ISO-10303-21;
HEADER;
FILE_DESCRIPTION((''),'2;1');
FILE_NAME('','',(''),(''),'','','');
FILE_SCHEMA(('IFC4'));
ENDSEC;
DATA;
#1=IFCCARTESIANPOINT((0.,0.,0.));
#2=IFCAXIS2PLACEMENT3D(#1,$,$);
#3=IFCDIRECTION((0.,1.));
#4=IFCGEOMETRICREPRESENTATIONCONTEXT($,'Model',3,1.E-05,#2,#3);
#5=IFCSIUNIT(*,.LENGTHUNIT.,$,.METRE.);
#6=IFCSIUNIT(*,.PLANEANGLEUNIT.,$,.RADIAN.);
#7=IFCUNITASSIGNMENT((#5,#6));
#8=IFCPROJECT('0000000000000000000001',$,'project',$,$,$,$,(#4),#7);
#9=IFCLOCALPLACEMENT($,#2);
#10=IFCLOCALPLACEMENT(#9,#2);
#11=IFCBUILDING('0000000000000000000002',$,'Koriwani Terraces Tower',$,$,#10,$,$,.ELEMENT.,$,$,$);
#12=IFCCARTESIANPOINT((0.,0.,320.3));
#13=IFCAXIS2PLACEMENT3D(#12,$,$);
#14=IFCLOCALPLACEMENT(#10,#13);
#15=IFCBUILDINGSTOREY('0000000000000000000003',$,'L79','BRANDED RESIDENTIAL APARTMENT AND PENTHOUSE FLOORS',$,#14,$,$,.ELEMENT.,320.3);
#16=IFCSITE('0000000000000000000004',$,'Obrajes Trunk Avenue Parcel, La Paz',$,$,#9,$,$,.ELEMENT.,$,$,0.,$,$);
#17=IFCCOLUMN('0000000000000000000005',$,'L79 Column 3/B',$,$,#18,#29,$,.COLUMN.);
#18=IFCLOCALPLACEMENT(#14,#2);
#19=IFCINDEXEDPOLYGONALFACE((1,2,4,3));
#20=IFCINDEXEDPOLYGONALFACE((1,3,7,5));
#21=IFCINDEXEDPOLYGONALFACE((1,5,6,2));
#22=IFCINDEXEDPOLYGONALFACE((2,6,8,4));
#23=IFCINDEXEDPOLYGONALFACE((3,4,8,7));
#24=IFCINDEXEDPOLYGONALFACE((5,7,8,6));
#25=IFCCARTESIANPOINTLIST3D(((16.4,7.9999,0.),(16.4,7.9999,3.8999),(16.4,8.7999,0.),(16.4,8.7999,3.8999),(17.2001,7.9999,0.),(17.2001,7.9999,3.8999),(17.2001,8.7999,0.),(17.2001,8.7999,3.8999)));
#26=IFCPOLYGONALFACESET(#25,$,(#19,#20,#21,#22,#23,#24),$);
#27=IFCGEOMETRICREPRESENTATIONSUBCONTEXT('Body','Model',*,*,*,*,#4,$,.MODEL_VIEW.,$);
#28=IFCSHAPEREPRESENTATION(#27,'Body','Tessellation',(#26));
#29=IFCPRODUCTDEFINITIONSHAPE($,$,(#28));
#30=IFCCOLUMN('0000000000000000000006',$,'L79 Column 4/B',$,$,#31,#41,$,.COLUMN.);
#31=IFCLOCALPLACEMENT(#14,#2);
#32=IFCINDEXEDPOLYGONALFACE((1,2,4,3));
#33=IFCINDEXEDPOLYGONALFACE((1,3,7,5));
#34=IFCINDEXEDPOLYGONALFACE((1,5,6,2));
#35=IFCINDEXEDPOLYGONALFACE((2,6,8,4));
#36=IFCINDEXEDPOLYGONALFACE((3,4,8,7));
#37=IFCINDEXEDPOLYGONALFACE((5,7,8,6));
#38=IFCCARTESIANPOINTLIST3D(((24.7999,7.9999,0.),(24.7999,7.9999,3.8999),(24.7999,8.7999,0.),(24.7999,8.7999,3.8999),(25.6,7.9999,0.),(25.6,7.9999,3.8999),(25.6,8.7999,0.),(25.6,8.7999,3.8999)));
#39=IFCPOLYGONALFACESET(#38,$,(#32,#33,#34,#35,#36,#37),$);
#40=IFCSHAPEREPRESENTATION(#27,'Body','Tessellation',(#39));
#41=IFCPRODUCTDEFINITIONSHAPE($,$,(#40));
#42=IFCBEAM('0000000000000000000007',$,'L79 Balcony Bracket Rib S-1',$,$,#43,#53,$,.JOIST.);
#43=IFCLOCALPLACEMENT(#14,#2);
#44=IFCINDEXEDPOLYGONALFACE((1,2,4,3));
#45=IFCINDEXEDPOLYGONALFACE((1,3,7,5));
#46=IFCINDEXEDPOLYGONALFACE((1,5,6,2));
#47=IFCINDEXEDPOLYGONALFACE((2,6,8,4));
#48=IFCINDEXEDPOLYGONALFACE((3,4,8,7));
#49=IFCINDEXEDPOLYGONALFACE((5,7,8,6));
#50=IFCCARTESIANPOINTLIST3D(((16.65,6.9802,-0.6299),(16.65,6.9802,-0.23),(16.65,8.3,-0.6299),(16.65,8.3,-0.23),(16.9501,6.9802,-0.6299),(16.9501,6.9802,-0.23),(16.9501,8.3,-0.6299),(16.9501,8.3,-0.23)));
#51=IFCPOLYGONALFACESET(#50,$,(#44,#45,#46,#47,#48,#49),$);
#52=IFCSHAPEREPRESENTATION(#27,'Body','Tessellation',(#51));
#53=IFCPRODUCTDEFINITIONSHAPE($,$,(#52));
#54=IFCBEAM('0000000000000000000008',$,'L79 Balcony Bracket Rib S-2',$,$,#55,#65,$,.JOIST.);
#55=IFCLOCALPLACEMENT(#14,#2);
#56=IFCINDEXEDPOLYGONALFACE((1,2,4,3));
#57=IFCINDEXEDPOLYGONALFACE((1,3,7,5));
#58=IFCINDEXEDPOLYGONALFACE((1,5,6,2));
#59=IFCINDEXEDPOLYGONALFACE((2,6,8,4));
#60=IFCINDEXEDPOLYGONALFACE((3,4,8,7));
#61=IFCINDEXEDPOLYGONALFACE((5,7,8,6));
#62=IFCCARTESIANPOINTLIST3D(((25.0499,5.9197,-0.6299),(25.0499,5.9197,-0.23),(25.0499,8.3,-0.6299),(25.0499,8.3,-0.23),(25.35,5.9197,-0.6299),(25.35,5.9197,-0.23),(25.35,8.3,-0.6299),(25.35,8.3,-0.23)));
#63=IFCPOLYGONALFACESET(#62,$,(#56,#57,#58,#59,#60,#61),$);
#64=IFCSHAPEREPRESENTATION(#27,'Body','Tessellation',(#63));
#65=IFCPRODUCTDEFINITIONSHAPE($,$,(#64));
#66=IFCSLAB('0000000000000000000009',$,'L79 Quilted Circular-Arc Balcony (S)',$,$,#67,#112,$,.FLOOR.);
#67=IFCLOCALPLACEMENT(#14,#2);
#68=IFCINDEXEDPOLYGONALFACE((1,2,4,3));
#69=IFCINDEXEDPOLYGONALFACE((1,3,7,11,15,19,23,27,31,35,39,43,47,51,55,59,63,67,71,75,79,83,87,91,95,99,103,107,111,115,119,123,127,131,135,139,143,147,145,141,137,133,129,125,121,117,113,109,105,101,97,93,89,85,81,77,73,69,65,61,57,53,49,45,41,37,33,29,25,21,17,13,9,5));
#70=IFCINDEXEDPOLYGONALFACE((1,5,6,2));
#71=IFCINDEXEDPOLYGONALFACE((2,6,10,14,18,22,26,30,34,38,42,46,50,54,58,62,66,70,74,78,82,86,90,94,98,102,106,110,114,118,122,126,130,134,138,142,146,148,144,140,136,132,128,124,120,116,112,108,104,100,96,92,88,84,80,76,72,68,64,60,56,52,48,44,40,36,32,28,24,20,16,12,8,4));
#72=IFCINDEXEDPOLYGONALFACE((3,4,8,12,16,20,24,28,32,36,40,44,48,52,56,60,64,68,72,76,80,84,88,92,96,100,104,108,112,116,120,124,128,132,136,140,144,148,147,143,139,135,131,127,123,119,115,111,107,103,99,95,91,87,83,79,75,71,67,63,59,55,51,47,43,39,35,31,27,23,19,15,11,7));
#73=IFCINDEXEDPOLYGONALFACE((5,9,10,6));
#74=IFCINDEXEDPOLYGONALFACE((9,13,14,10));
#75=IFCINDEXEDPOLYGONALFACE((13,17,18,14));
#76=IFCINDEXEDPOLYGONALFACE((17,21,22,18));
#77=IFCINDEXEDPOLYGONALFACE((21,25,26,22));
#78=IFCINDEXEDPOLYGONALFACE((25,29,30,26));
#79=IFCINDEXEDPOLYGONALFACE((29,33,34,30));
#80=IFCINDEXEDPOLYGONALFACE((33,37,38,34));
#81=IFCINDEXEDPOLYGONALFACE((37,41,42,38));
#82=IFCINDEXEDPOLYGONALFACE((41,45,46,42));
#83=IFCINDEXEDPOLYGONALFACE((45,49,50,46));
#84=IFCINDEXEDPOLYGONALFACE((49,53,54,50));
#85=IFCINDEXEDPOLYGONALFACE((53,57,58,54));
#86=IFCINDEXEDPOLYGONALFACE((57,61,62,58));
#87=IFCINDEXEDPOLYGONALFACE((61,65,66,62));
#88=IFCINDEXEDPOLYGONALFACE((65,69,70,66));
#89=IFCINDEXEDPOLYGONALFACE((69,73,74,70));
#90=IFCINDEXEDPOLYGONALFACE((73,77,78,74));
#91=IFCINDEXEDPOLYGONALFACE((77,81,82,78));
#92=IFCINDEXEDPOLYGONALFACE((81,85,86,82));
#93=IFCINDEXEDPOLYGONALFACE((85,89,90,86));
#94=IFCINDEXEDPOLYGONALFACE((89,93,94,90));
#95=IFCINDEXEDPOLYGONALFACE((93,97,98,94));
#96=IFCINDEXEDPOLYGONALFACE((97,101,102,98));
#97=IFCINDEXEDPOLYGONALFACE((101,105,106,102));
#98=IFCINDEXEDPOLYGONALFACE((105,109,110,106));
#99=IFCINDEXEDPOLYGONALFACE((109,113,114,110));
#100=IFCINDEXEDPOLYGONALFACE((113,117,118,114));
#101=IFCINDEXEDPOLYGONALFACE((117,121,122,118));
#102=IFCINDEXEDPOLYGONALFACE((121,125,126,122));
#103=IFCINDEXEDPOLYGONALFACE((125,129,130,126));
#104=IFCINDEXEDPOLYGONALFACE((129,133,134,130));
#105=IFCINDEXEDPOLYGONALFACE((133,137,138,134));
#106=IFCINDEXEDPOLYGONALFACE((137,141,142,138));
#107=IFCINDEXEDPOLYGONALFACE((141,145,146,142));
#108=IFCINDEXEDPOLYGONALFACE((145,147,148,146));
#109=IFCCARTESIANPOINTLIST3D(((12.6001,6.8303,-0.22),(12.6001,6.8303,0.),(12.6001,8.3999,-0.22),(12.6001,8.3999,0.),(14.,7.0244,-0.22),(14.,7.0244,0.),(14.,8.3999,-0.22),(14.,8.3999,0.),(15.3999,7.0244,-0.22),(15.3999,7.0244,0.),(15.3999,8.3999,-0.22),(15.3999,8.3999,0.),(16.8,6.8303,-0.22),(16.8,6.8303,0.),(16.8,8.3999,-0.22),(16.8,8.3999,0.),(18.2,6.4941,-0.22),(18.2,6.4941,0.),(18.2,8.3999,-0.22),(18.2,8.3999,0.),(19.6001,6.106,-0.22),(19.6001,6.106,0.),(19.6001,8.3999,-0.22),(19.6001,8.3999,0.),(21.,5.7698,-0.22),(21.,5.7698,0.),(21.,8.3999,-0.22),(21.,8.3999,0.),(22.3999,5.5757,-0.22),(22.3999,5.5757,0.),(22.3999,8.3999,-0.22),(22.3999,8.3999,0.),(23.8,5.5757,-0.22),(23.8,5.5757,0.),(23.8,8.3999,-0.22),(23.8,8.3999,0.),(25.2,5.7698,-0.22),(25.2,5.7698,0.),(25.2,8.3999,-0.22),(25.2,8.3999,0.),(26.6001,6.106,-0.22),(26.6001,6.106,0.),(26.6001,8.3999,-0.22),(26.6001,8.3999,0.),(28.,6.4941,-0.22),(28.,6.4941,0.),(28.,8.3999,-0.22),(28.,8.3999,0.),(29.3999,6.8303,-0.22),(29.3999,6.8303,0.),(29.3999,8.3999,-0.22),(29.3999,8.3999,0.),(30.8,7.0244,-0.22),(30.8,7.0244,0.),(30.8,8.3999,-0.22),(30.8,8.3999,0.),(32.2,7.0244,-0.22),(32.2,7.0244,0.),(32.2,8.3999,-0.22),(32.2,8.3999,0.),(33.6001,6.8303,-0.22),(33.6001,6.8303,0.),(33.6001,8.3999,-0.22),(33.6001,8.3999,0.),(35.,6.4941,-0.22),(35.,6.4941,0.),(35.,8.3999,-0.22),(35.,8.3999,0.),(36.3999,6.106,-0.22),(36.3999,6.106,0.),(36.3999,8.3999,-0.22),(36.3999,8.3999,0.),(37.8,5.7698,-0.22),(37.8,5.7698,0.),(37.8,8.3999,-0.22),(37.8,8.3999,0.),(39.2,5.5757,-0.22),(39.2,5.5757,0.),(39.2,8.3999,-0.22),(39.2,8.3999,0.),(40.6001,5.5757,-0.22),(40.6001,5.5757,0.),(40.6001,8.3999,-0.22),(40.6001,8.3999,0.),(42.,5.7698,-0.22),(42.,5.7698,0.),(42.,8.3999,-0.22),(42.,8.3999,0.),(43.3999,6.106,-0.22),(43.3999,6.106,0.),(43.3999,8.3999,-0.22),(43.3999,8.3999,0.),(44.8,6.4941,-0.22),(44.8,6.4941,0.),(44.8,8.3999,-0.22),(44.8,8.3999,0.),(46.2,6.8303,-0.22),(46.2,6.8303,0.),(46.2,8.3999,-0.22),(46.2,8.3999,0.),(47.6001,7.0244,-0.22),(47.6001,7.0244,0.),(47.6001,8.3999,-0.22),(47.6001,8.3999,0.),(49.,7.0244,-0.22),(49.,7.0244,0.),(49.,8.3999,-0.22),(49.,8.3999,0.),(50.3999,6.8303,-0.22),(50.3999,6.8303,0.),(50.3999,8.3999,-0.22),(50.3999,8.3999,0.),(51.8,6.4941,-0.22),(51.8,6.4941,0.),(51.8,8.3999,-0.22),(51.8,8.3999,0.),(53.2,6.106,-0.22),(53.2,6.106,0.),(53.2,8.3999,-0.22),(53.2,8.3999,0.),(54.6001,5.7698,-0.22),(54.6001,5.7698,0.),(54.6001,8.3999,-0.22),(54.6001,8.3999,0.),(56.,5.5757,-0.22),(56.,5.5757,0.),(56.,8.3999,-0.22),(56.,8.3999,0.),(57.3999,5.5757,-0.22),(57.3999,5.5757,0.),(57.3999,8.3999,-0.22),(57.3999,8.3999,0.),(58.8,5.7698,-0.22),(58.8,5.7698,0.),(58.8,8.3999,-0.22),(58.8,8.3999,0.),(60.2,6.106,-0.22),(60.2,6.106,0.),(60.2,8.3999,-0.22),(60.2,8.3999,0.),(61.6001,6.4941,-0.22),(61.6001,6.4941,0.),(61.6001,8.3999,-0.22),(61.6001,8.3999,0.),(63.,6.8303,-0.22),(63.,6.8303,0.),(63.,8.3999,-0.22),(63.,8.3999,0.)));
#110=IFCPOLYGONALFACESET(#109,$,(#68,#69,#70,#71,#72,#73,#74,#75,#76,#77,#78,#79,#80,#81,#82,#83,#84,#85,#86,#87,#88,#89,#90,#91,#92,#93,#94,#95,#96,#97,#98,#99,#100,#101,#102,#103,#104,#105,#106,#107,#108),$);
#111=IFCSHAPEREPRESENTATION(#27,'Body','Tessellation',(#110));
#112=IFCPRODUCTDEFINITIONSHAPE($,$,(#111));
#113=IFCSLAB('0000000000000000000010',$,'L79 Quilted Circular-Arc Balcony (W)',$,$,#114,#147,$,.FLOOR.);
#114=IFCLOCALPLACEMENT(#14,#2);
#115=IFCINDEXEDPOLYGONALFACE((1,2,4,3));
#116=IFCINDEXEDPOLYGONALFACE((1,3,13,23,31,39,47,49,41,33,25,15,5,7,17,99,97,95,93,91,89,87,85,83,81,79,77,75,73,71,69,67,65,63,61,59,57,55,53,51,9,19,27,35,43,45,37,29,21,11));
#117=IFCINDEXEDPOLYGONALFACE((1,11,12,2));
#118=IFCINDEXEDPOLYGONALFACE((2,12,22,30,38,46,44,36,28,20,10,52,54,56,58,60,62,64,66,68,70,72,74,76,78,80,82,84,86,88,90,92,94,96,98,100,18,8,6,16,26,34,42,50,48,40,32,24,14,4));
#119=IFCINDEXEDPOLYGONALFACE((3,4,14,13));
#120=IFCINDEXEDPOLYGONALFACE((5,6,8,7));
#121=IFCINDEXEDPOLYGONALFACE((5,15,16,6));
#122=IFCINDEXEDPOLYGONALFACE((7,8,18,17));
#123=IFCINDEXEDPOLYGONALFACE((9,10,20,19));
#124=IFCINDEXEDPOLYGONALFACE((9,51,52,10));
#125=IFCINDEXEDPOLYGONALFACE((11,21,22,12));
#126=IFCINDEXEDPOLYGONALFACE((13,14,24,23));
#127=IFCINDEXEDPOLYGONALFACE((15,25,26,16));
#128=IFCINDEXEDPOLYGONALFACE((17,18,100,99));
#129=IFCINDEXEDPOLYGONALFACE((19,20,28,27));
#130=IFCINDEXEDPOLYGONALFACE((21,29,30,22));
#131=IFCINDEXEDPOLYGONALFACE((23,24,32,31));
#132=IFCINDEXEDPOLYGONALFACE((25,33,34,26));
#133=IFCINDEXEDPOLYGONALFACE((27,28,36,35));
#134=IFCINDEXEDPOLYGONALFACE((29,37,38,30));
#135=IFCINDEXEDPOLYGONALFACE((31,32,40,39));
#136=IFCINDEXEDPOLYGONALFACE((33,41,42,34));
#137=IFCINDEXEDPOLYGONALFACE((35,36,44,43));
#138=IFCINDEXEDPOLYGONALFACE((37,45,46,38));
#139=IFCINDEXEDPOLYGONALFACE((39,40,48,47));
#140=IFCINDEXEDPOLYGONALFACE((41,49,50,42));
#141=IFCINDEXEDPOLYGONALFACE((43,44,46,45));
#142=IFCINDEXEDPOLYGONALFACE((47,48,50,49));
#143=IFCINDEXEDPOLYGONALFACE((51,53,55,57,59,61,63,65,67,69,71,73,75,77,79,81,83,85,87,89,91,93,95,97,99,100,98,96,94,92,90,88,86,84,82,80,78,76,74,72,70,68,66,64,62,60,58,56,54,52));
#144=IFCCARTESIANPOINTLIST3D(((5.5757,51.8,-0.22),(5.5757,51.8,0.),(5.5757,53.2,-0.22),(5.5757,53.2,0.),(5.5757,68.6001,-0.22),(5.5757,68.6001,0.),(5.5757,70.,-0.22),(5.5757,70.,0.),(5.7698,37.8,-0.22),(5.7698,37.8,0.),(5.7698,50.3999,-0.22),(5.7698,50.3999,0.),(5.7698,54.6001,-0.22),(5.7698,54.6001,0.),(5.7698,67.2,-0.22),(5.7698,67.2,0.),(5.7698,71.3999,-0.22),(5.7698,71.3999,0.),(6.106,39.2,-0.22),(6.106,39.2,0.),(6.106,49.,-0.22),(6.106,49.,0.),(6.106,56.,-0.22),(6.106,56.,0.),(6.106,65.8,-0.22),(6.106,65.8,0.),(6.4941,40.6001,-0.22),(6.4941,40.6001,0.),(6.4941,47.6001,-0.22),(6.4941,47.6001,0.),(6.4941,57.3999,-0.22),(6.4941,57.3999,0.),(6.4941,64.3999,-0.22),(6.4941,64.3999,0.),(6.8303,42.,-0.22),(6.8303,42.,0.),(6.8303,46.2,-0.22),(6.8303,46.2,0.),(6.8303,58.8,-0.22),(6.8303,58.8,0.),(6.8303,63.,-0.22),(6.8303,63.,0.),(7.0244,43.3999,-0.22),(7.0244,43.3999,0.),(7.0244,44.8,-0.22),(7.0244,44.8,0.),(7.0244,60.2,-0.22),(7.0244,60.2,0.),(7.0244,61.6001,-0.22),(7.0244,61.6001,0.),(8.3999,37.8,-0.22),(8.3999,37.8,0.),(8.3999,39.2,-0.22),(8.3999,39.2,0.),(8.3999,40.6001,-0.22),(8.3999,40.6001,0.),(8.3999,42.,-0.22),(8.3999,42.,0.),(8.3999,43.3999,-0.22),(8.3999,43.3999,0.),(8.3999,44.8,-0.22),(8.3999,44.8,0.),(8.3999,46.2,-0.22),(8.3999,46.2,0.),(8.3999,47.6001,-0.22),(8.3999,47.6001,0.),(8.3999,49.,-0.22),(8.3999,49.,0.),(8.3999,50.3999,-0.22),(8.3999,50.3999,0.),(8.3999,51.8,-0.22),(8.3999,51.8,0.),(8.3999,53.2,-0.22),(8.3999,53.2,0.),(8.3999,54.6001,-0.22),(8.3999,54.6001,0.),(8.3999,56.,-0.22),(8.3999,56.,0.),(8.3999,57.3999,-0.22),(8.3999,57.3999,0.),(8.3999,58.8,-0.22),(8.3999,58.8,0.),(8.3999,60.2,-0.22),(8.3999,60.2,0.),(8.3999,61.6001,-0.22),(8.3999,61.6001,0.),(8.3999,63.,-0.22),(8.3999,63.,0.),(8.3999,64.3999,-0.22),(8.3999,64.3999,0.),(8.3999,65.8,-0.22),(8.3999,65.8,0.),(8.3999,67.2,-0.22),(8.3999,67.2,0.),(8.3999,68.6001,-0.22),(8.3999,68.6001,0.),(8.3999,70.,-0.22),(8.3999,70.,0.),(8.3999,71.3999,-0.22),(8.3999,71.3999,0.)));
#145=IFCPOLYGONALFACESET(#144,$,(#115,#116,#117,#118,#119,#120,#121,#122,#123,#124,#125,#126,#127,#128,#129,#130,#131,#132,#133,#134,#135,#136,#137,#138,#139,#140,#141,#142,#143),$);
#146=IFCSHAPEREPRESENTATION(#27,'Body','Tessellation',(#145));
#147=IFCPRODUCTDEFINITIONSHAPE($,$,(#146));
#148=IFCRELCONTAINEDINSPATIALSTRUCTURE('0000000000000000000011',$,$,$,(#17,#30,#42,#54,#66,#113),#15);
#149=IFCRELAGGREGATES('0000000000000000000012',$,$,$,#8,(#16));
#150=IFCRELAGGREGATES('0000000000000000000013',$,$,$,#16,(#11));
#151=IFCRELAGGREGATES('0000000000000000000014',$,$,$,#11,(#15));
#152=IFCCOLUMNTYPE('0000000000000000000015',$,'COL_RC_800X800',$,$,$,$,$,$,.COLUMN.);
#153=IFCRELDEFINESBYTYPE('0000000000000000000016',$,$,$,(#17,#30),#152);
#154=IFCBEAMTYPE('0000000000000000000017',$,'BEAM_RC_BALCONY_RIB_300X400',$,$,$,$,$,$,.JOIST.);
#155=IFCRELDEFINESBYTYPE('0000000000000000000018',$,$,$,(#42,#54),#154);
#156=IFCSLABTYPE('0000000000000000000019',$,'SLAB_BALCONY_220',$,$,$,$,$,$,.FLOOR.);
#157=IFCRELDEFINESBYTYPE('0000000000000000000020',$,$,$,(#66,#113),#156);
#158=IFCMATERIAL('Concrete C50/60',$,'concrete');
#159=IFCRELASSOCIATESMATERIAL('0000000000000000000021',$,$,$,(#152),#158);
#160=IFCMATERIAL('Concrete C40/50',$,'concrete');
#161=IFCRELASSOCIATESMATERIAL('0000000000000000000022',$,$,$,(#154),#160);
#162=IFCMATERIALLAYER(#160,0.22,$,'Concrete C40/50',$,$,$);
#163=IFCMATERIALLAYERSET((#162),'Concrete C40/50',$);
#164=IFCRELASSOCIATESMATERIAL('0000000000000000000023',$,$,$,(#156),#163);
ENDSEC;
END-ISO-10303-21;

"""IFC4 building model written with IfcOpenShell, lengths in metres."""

from ifc_helpers import new_model, si_unit, direction, frame, origin, origin_2d, place, context, subcontext, project, spatial, polyline, rectangle, outline, extrude, material, layer, layer_set, material_profile, profile_set, type_object, element, save


model = new_model("IFC4")

# Units and contexts
model_context = context("Model", 3, precision=1e-05, world=origin(), true_north=direction((0.0, 1.0)))
body_context = subcontext(model_context, "Body", "Model", "MODEL_VIEW")
ifc_project = project(units=[si_unit("LENGTHUNIT", "METRE"), si_unit("PLANEANGLEUNIT", "RADIAN")], contexts=[model_context])

# Site, building, storey
site_placement = place(None, origin())
site = spatial("IfcSite", under=ifc_project, at=site_placement, Name="Obrajes Trunk Avenue Parcel, La Paz", CompositionType="ELEMENT", RefElevation=0.0)
building_placement = place(site_placement, origin())
building = spatial("IfcBuilding", under=site, at=building_placement, Name="Koriwani Terraces Tower", CompositionType="ELEMENT")
storey_placement = place(building_placement, frame((0.0, 0.0, 320.3)))
storey = spatial("IfcBuildingStorey", under=building, at=storey_placement, Name="L79", Description="BRANDED RESIDENTIAL APARTMENT AND PENTHOUSE FLOORS", CompositionType="ELEMENT", Elevation=320.3)

# Columns
ifc_material_1 = material(Name="Concrete C50/60", Category="concrete")
ifc_material_profile_1 = material_profile(ifc_material_1, rectangle(XDim=0.8, YDim=0.8, at=origin_2d()), Name="Concrete C50/60", Category="LoadBearing")
ifc_profile_set_1 = profile_set([ifc_material_profile_1], Name="Concrete C50/60")
column_type = type_object("IfcColumnType", Name="COL_RC_800X800", PredefinedType="COLUMN", material=ifc_profile_set_1)
for number, where, z_axis, x_axis, name in (
    (1, (16.8, 8.3999, 0.0), (0.0, 0.0, 1.0), (1.0, 0.0, 0.0), "L79 Column 3/B"),
    (2, (25.2, 8.3999, 0.0), (0.0, 0.0, 1.0), (1.0, 0.0, 0.0), "L79 Column 4/B"),
):
    element("IfcColumn", number, at=place(storey_placement, frame(where, z_axis=z_axis, x_axis=x_axis)), inside=storey, type_object=column_type, Name=name, PredefinedType="COLUMN", context=body_context, shape_type="SweptSolid", body=[
        extrude(rectangle(XDim=0.8, YDim=0.8, at=origin_2d()), origin(), (0.0, 0.0, 1.0), 3.8999),
    ])

# Beams
ifc_material_2 = material(Name="Concrete C40/50", Category="concrete")
ifc_material_profile_2 = material_profile(ifc_material_2, rectangle(XDim=0.3, YDim=0.3999, at=origin_2d()), Name="Concrete C40/50", Category="LoadBearing")
ifc_profile_set_2 = profile_set([ifc_material_profile_2], Name="Concrete C40/50")
beam_type = type_object("IfcBeamType", Name="BEAM_RC_BALCONY_RIB_300X400", PredefinedType="JOIST", material=ifc_profile_set_2)
beam_1_placement = place(storey_placement, frame((16.8, 6.9802, -0.4299), z_axis=(0.0, 1.0, 0.0), x_axis=(-1.0, 0.0, 0.0)))
element("IfcBeam", 3, at=beam_1_placement, inside=storey, type_object=beam_type, Name="L79 Balcony Bracket Rib S-1", PredefinedType="JOIST", context=body_context, shape_type="SweptSolid", body=[
    extrude(rectangle(XDim=0.3, YDim=0.3999, at=origin_2d()), origin(), (0.0, 0.0, 1.0), 1.3198),
])
beam_2_placement = place(storey_placement, frame((25.2, 5.9197, -0.4299), z_axis=(0.0, 1.0, 0.0), x_axis=(-1.0, 0.0, 0.0)))
element("IfcBeam", 4, at=beam_2_placement, inside=storey, type_object=beam_type, Name="L79 Balcony Bracket Rib S-2", PredefinedType="JOIST", context=body_context, shape_type="SweptSolid", body=[
    extrude(rectangle(XDim=0.3, YDim=0.3999, at=origin_2d()), origin(), (0.0, 0.0, 1.0), 2.3804),
])

# Slabs
ifc_layer_1 = layer(ifc_material_2, 0.22, Name="Concrete C40/50")
ifc_layer_set_1 = layer_set([ifc_layer_1], Name="Concrete C40/50")
slab_type_1 = type_object("IfcSlabType", Name="SLAB_BALCONY_220", PredefinedType="FLOOR", material=ifc_layer_set_1)
slab_1_placement = place(storey_placement, frame((0.0, 0.0, -0.22)))
element("IfcSlab", 5, at=slab_1_placement, inside=storey, type_object=slab_type_1, Name="L79 Quilted Circular-Arc Balcony (S)", PredefinedType="FLOOR", context=body_context, shape_type="SweptSolid", body=[
    extrude(outline(polyline([(12.6001, 8.3999), (14.0, 8.3999), (15.3999, 8.3999), (16.8, 8.3999), (18.2, 8.3999), (19.6001, 8.3999), (21.0, 8.3999), (22.3999, 8.3999), (23.8, 8.3999), (25.2, 8.3999), (26.6001, 8.3999), (28.0, 8.3999), (29.3999, 8.3999), (30.8, 8.3999), (32.2, 8.3999), (33.6001, 8.3999), (35.0, 8.3999), (36.3999, 8.3999), (37.8, 8.3999), (39.2, 8.3999), (40.6001, 8.3999), (42.0, 8.3999), (43.3999, 8.3999), (44.8, 8.3999), (46.2, 8.3999), (47.6001, 8.3999), (49.0, 8.3999), (50.3999, 8.3999), (51.8, 8.3999), (53.2, 8.3999), (54.6001, 8.3999), (56.0, 8.3999), (57.3999, 8.3999), (58.8, 8.3999), (60.2, 8.3999), (61.6001, 8.3999), (63.0, 8.3999), (63.0, 6.8303), (61.6001, 6.4941), (60.2, 6.106), (58.8, 5.7698), (57.3999, 5.5757), (56.0, 5.5757), (54.6001, 5.7698), (53.2, 6.106), (51.8, 6.4941), (50.3999, 6.8303), (49.0, 7.0244), (47.6001, 7.0244), (46.2, 6.8303), (44.8, 6.4941), (43.3999, 6.106), (42.0, 5.7698), (40.6001, 5.5757), (39.2, 5.5757), (37.8, 5.7698), (36.3999, 6.106), (35.0, 6.4941), (33.6001, 6.8303), (32.2, 7.0244), (30.8, 7.0244), (29.3999, 6.8303), (28.0, 6.4941), (26.6001, 6.106), (25.2, 5.7698), (23.8, 5.5757), (22.3999, 5.5757), (21.0, 5.7698), (19.6001, 6.106), (18.2, 6.4941), (16.8, 6.8303), (15.3999, 7.0244), (14.0, 7.0244), (12.6001, 6.8303), (12.6001, 8.3999)])), origin(), (0.0, 0.0, 1.0), 0.22),
])
slab_2_placement = place(storey_placement, frame((0.0, 0.0, -0.22)))
element("IfcSlab", 6, at=slab_2_placement, inside=storey, type_object=slab_type_1, Name="L79 Quilted Circular-Arc Balcony (W)", PredefinedType="FLOOR", context=body_context, shape_type="SweptSolid", body=[
    extrude(outline(polyline([(8.3999, 37.8), (8.3999, 39.2), (8.3999, 40.6001), (8.3999, 42.0), (8.3999, 43.3999), (8.3999, 44.8), (8.3999, 46.2), (8.3999, 47.6001), (8.3999, 49.0), (8.3999, 50.3999), (8.3999, 51.8), (8.3999, 53.2), (8.3999, 54.6001), (8.3999, 56.0), (8.3999, 57.3999), (8.3999, 58.8), (8.3999, 60.2), (8.3999, 61.6001), (8.3999, 63.0), (8.3999, 64.3999), (8.3999, 65.8), (8.3999, 67.2), (8.3999, 68.6001), (8.3999, 70.0), (8.3999, 71.3999), (5.7698, 71.3999), (5.5757, 70.0), (5.5757, 68.6001), (5.7698, 67.2), (6.106, 65.8), (6.4941, 64.3999), (6.8303, 63.0), (7.0244, 61.6001), (7.0244, 60.2), (6.8303, 58.8), (6.4941, 57.3999), (6.106, 56.0), (5.7698, 54.6001), (5.5757, 53.2), (5.5757, 51.8), (5.7698, 50.3999), (6.106, 49.0), (6.4941, 47.6001), (6.8303, 46.2), (7.0244, 44.8), (7.0244, 43.3999), (6.8303, 42.0), (6.4941, 40.6001), (6.106, 39.2), (5.7698, 37.8), (8.3999, 37.8)])), origin(), (0.0, 0.0, 1.0), 0.22),
])

save(model, "model.ifc")
